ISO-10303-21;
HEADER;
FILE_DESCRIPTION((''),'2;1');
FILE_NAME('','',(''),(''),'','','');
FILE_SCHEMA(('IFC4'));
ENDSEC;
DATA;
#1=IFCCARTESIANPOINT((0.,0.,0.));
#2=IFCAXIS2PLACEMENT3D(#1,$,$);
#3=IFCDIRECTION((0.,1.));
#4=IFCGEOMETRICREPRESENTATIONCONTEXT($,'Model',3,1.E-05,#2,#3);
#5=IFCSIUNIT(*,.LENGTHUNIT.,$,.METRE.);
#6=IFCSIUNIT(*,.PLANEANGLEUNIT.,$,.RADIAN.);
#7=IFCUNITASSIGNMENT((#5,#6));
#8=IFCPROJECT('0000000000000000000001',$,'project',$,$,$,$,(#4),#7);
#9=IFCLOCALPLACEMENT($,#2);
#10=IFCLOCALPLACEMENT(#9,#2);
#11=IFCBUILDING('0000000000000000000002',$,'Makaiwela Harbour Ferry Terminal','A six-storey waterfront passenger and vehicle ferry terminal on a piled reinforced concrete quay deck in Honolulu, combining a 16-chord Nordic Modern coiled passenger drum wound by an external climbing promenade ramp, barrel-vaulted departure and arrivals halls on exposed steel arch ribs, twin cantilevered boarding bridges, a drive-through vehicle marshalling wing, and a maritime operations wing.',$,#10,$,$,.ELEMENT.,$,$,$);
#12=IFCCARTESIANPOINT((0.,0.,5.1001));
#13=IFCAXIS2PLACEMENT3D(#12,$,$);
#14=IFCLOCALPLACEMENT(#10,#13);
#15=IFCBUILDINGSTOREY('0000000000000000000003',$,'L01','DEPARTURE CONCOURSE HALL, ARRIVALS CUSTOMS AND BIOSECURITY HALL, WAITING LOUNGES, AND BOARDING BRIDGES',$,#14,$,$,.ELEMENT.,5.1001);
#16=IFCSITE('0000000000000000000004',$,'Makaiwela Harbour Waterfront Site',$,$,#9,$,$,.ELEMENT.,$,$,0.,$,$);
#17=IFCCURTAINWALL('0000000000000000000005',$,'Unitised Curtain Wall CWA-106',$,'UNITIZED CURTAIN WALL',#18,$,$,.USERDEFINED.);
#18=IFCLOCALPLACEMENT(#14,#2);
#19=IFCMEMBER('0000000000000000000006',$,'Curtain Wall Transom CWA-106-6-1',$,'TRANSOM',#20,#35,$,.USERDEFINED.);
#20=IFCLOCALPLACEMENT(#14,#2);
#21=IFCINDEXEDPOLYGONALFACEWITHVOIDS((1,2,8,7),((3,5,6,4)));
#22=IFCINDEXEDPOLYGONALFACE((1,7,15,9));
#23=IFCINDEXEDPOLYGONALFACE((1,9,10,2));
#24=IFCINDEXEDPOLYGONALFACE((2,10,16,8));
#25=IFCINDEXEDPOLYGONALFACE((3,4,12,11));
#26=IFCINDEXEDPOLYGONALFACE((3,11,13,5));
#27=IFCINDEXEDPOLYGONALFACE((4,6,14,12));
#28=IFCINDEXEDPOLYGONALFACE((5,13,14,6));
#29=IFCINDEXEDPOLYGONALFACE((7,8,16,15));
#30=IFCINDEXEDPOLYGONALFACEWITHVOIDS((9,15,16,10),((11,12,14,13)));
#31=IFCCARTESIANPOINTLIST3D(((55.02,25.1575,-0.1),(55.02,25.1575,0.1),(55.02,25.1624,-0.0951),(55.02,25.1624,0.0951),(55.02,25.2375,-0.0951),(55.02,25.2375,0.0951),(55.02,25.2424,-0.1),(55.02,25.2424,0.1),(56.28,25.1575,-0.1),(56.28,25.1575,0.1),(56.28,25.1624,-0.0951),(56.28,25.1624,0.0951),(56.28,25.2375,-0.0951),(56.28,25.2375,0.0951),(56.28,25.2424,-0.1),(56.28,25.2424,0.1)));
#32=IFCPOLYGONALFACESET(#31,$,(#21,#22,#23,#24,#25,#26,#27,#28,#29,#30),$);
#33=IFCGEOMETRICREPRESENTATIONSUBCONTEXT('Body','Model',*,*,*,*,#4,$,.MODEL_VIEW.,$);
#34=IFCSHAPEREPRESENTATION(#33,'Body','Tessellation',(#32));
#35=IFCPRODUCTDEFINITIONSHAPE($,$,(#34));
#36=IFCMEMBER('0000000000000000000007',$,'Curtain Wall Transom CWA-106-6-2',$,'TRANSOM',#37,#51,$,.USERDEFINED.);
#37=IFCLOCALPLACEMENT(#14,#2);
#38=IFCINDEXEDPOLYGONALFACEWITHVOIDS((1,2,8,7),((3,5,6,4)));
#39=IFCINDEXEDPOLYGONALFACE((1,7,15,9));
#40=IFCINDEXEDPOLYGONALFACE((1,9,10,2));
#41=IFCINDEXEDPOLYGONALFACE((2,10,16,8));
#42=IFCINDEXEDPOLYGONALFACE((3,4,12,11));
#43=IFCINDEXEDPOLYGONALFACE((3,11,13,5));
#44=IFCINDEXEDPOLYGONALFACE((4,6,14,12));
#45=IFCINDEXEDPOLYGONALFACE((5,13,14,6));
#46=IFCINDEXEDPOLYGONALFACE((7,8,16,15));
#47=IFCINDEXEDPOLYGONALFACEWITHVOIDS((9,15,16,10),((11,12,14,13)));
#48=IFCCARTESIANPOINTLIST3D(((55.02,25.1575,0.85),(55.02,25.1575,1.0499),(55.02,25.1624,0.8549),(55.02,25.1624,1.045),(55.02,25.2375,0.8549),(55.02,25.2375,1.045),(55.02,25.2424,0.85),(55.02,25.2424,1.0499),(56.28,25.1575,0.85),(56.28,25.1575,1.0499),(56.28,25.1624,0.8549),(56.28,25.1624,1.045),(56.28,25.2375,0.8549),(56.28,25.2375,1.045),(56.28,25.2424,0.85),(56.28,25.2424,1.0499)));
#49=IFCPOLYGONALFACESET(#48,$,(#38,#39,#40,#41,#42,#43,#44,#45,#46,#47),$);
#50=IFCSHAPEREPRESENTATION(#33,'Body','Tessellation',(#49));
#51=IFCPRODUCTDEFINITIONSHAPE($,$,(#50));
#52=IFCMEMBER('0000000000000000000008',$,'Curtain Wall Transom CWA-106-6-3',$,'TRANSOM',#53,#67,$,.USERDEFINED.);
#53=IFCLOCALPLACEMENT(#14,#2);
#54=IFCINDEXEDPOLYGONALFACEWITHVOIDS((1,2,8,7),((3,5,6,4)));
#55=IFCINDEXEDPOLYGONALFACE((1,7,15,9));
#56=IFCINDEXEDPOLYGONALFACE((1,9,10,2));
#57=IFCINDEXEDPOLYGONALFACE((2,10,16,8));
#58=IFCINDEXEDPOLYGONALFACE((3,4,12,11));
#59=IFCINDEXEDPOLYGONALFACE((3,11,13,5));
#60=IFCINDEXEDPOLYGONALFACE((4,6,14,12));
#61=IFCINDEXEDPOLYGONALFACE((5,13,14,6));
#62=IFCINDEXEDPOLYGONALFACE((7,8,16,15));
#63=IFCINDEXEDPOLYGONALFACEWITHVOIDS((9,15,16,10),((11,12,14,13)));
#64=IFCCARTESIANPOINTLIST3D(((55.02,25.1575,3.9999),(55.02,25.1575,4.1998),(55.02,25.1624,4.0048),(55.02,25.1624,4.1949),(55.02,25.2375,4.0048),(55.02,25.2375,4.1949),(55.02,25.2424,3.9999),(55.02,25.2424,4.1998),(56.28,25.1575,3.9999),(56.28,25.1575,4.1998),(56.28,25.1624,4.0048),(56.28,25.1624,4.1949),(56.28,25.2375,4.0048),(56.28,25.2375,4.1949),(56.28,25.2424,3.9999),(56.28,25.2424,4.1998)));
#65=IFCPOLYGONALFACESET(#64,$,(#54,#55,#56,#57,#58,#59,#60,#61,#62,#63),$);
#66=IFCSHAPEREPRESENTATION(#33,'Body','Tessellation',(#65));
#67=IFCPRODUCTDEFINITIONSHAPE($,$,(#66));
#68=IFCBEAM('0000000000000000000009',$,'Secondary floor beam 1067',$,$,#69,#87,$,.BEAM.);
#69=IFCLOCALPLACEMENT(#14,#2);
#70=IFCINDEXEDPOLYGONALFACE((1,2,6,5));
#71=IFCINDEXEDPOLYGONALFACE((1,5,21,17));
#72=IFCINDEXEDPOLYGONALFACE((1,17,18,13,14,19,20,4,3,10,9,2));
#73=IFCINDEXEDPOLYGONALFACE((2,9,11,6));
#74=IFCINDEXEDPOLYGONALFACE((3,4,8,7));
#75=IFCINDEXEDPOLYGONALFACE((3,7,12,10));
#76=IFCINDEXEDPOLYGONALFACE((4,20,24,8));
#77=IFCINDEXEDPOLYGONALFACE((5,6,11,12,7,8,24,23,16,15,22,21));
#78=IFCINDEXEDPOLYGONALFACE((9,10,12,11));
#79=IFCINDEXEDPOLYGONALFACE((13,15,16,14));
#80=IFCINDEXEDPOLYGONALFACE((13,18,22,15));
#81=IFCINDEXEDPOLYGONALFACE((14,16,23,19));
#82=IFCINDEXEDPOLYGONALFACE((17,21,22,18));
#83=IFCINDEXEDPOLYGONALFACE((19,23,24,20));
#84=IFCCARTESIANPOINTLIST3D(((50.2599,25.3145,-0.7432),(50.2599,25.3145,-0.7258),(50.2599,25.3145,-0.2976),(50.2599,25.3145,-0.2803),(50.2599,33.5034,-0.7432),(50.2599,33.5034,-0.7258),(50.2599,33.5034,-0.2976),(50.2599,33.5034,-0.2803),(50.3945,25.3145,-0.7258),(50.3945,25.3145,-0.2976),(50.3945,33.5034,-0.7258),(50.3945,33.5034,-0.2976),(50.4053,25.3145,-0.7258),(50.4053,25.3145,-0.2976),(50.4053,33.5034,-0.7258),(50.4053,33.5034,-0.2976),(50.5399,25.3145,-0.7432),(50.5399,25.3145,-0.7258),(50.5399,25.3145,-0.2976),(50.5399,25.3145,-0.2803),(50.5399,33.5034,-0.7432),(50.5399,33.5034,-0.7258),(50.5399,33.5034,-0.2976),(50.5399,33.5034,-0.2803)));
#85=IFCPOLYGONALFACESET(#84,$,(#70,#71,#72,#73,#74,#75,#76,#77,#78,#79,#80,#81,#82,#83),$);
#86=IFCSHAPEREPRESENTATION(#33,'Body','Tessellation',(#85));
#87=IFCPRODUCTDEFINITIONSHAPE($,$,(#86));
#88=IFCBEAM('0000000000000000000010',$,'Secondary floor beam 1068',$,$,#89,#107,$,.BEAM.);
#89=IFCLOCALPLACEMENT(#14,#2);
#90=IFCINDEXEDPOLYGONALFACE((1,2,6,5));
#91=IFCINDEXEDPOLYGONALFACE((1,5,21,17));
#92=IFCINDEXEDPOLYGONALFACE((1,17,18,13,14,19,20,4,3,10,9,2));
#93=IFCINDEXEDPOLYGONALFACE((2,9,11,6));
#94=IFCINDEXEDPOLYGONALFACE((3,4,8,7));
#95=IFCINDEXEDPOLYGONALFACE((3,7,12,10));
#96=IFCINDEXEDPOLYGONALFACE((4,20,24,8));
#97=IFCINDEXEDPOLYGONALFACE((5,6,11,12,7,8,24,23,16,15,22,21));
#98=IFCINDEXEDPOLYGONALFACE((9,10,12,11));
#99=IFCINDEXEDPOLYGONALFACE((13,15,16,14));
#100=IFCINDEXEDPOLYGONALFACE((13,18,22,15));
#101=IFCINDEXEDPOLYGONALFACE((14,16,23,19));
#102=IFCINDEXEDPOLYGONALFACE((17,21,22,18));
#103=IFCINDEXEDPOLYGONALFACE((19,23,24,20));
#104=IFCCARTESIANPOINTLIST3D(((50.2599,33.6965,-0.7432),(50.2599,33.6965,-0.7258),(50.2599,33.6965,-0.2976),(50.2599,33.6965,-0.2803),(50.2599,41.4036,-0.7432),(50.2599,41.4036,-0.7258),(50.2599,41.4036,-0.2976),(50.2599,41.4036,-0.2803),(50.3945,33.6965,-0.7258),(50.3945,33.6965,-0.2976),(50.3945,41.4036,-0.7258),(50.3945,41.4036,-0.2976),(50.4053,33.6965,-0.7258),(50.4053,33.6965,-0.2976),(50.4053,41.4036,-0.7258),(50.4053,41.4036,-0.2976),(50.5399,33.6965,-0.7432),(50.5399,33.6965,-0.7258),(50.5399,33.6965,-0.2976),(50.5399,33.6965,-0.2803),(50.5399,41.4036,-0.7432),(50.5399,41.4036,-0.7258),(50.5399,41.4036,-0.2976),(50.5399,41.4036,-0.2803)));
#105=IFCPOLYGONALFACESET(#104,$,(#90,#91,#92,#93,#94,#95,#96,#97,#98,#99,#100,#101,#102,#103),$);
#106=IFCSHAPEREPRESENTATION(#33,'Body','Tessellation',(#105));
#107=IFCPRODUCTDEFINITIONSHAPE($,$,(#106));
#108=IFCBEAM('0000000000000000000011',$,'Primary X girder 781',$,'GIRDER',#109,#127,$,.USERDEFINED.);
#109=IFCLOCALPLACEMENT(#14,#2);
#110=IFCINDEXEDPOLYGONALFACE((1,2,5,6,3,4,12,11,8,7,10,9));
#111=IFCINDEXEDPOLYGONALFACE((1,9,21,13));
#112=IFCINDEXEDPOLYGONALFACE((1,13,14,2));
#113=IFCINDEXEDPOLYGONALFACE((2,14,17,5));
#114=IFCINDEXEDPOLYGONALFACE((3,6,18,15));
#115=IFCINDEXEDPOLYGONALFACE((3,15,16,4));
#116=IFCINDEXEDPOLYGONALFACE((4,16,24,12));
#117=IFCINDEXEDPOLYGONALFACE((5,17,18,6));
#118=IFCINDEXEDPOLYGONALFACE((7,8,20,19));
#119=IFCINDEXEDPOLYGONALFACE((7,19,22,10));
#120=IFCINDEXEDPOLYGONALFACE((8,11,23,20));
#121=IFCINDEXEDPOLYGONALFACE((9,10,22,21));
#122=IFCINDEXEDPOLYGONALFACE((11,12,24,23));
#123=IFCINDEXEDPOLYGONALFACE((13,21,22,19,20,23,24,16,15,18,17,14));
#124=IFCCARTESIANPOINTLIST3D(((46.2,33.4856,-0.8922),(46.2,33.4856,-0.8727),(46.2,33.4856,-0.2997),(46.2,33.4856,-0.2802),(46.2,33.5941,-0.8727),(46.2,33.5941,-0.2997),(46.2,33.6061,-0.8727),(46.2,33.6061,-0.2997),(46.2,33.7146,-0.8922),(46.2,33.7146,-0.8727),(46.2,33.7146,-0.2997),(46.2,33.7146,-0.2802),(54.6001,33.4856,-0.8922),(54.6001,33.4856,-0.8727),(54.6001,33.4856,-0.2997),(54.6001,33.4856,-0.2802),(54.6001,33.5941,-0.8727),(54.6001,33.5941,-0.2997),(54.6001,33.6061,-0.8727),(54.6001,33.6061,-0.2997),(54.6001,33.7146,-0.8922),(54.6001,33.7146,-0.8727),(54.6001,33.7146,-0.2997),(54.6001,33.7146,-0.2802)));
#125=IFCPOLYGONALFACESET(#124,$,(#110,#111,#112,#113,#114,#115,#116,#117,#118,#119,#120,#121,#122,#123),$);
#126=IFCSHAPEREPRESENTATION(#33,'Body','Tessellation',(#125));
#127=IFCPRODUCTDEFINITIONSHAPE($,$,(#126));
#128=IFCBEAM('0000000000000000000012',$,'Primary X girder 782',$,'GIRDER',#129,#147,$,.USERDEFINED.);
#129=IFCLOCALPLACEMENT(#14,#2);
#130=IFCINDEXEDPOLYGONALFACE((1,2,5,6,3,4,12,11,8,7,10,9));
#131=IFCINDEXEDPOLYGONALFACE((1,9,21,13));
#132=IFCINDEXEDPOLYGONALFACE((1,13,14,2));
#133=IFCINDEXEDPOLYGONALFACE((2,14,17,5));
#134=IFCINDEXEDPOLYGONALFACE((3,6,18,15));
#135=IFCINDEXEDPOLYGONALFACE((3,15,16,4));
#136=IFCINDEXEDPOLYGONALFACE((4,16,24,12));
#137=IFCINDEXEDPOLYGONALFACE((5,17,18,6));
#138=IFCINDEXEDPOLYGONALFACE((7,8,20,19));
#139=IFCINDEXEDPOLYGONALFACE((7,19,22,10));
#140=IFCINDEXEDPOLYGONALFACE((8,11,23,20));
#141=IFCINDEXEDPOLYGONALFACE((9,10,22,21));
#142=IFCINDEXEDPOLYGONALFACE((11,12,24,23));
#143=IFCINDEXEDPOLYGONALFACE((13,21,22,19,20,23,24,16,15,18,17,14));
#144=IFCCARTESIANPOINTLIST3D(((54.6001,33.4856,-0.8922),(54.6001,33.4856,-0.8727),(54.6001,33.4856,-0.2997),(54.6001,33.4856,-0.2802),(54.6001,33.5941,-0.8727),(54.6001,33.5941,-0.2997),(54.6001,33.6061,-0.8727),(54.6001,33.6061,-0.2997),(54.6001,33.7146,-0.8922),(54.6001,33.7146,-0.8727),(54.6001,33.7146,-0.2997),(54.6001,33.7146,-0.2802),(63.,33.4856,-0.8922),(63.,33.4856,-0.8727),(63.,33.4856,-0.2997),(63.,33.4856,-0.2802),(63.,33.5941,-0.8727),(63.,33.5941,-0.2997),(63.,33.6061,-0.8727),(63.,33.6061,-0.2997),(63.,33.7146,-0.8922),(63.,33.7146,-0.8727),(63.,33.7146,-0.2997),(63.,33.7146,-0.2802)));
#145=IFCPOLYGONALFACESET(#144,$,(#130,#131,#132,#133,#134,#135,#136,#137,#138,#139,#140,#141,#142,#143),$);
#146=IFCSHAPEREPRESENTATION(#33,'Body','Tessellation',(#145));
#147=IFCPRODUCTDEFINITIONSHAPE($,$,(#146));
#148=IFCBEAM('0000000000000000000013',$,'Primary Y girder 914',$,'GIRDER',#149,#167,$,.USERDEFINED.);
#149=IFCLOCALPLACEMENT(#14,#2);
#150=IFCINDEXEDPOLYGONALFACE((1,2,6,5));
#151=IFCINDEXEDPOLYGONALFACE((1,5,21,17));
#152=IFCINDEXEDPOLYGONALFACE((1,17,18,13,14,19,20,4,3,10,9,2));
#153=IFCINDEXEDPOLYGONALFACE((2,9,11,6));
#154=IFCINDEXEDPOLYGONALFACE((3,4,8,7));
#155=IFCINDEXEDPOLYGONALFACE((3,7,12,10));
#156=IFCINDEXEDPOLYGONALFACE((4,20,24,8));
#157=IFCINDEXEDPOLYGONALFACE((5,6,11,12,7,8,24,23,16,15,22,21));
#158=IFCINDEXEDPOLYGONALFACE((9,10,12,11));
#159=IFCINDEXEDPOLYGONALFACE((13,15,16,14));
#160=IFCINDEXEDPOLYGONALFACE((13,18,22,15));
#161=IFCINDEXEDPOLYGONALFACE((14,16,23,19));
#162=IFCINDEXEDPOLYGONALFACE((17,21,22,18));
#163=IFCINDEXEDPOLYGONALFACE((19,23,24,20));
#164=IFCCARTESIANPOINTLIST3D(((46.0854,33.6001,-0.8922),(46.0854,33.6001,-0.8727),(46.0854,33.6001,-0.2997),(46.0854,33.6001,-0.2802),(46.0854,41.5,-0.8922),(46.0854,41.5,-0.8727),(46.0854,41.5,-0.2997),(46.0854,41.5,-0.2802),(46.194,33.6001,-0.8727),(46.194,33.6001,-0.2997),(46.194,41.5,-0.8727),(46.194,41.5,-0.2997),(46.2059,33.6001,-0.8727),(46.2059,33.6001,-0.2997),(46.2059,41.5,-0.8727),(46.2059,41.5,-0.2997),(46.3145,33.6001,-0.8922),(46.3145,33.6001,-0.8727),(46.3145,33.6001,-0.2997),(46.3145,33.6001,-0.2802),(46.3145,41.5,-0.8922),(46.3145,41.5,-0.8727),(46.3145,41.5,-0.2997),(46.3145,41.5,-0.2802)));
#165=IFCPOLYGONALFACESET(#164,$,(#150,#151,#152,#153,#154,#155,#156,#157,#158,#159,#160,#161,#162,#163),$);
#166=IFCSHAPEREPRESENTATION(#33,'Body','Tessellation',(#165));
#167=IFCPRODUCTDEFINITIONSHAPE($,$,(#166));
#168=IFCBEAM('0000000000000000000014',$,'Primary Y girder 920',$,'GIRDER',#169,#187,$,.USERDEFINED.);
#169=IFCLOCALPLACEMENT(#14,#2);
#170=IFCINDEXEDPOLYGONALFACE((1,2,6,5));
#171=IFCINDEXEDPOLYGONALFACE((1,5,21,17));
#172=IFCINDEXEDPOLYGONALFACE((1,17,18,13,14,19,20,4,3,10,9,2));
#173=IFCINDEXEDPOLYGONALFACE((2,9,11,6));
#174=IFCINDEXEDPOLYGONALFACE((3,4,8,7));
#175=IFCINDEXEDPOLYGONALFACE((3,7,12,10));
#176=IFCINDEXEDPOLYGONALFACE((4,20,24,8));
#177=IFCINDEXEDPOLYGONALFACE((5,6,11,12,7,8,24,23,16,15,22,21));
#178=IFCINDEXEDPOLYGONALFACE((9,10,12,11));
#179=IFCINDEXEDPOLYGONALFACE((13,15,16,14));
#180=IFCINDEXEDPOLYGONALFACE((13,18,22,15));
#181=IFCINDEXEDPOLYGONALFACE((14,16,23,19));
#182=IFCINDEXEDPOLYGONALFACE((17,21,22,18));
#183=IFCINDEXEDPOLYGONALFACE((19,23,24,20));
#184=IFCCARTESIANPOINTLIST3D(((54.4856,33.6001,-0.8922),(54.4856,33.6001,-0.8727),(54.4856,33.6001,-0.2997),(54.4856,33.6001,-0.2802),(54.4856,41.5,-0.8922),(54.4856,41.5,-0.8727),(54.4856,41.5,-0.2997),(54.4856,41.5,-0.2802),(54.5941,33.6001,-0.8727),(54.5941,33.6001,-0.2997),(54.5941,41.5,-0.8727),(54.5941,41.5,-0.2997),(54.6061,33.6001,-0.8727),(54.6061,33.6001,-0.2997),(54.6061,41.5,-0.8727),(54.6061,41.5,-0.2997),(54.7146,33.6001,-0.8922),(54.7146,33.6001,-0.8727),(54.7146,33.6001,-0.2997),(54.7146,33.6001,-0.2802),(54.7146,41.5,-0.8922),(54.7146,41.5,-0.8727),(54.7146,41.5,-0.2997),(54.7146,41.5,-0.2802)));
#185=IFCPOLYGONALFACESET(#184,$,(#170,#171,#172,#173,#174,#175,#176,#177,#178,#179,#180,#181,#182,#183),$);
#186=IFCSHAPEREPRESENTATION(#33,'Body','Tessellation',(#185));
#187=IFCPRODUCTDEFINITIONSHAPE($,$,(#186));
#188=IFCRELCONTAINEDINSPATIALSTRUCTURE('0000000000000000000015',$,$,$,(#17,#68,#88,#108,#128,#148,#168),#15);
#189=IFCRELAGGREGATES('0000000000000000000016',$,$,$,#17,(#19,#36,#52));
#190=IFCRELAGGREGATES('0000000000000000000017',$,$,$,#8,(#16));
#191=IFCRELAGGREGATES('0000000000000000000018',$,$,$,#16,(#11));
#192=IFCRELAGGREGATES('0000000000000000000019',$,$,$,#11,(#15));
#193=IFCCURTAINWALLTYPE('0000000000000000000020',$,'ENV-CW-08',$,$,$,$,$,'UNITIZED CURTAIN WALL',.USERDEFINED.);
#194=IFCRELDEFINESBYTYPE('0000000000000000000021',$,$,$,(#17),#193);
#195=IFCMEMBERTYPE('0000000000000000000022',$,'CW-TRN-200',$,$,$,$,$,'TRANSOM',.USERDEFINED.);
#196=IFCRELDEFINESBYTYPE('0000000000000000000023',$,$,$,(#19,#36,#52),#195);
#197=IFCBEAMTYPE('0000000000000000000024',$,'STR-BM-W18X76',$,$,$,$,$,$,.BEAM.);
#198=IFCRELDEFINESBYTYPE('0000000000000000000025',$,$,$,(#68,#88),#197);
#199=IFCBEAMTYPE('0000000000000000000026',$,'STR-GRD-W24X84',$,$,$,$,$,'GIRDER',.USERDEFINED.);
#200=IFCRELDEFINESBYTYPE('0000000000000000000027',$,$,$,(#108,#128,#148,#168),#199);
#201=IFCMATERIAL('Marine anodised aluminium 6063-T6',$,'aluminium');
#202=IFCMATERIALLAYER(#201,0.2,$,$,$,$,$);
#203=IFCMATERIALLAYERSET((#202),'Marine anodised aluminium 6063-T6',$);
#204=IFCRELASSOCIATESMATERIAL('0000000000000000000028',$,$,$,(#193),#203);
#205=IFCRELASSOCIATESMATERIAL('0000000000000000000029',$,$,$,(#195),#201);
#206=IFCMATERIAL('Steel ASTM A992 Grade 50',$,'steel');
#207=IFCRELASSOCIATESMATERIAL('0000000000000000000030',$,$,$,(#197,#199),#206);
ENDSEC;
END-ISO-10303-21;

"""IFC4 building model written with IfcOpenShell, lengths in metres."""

from ifc_helpers import new_model, si_unit, direction, frame, origin, origin_2d, place, context, subcontext, project, spatial, hollow_rectangle, i_section, extrude, material, layer, layer_set, material_profile, profile_set, type_object, element, aggregate, save


model = new_model("IFC4")

# Units and contexts
model_context = context("Model", 3, precision=1e-05, world=origin(), true_north=direction((0.0, 1.0)))
body_context = subcontext(model_context, "Body", "Model", "MODEL_VIEW")
ifc_project = project(units=[si_unit("LENGTHUNIT", "METRE"), si_unit("PLANEANGLEUNIT", "RADIAN")], contexts=[model_context])

# Site, building, storey
site_placement = place(None, origin())
site = spatial("IfcSite", under=ifc_project, at=site_placement, Name="Makaiwela Harbour Waterfront Site", CompositionType="ELEMENT", RefElevation=0.0)
building_placement = place(site_placement, origin())
building = spatial("IfcBuilding", under=site, at=building_placement, Name="Makaiwela Harbour Ferry Terminal", Description="A six-storey waterfront passenger and vehicle ferry terminal on a piled reinforced concrete quay deck in Honolulu, combining a 16-chord Nordic Modern coiled passenger drum wound by an external climbing promenade ramp, barrel-vaulted departure and arrivals halls on exposed steel arch ribs, twin cantilevered boarding bridges, a drive-through vehicle marshalling wing, and a maritime operations wing.", CompositionType="ELEMENT")
storey_placement = place(building_placement, frame((0.0, 0.0, 5.1001)))
storey = spatial("IfcBuildingStorey", under=building, at=storey_placement, Name="L01", Description="DEPARTURE CONCOURSE HALL, ARRIVALS CUSTOMS AND BIOSECURITY HALL, WAITING LOUNGES, AND BOARDING BRIDGES", CompositionType="ELEMENT", Elevation=5.1001)

# Shared definitions
ifc_material_1 = material(Name="Steel ASTM A992 Grade 50", Category="steel")

# Curtain wall, members
ifc_material_2 = material(Name="Marine anodised aluminium 6063-T6", Category="aluminium")
ifc_layer_1 = layer(ifc_material_2, 0.2)
ifc_layer_set_1 = layer_set([ifc_layer_1], Name="Marine anodised aluminium 6063-T6")
curtain_wall_type = type_object("IfcCurtainWallType", Name="ENV-CW-08", ElementType="UNITIZED CURTAIN WALL", PredefinedType="USERDEFINED", material=ifc_layer_set_1)
curtain_wall_placement = place(storey_placement, origin())
curtain_wall = element("IfcCurtainWall", 1, at=curtain_wall_placement, inside=storey, type_object=curtain_wall_type, Name="Unitised Curtain Wall CWA-106", ObjectType="UNITIZED CURTAIN WALL", PredefinedType="USERDEFINED")
ifc_material_profile_1 = material_profile(ifc_material_2, hollow_rectangle(XDim=0.085, YDim=0.2, WallThickness=0.0049, at=origin_2d()), Name="CWT-200X85")
ifc_profile_set_1 = profile_set([ifc_material_profile_1], Name="Marine anodised aluminium 6063-T6")
member_type_1 = type_object("IfcMemberType", Name="CW-TRN-200", ElementType="TRANSOM", PredefinedType="USERDEFINED", material=ifc_profile_set_1)
member_1_placement = place(storey_placement, frame((56.28, 25.2, 0.0), z_axis=(-1.0, 0.0, 0.0), x_axis=(0.0, -1.0, 0.0)))
member_1 = element("IfcMember", 2, at=member_1_placement, type_object=member_type_1, Name="Curtain Wall Transom CWA-106-6-1", ObjectType="TRANSOM", PredefinedType="USERDEFINED", context=body_context, shape_type="SweptSolid", body=[
    extrude(hollow_rectangle(XDim=0.085, YDim=0.2, WallThickness=0.0049, at=origin_2d()), origin(), (0.0, 0.0, 1.0), 1.26),
])
member_2_placement = place(storey_placement, frame((56.28, 25.2, 0.95), z_axis=(-1.0, 0.0, 0.0), x_axis=(0.0, -1.0, 0.0)))
member_2 = element("IfcMember", 3, at=member_2_placement, type_object=member_type_1, Name="Curtain Wall Transom CWA-106-6-2", ObjectType="TRANSOM", PredefinedType="USERDEFINED", context=body_context, shape_type="SweptSolid", body=[
    extrude(hollow_rectangle(XDim=0.085, YDim=0.2, WallThickness=0.0049, at=origin_2d()), origin(), (0.0, 0.0, 1.0), 1.26),
])
member_3_placement = place(storey_placement, frame((56.28, 25.2, 4.0999), z_axis=(-1.0, 0.0, 0.0), x_axis=(0.0, -1.0, 0.0)))
member_3 = element("IfcMember", 4, at=member_3_placement, type_object=member_type_1, Name="Curtain Wall Transom CWA-106-6-3", ObjectType="TRANSOM", PredefinedType="USERDEFINED", context=body_context, shape_type="SweptSolid", body=[
    extrude(hollow_rectangle(XDim=0.085, YDim=0.2, WallThickness=0.0049, at=origin_2d()), origin(), (0.0, 0.0, 1.0), 1.26),
])

# Beams
ifc_material_profile_2 = material_profile(ifc_material_1, i_section(OverallWidth=0.28, OverallDepth=0.4629, WebThickness=0.0107, FlangeThickness=0.0173, at=origin_2d()), Name="W18X76")
ifc_profile_set_2 = profile_set([ifc_material_profile_2], Name="Steel ASTM A992 Grade 50")
beam_type_1 = type_object("IfcBeamType", Name="STR-BM-W18X76", PredefinedType="BEAM", material=ifc_profile_set_2)
beam_1_placement = place(storey_placement, frame((50.3999, 25.3145, -0.5117), z_axis=(0.0, 1.0, 0.0), x_axis=(-1.0, 0.0, 0.0)))
element("IfcBeam", 5, at=beam_1_placement, inside=storey, type_object=beam_type_1, Name="Secondary floor beam 1067", PredefinedType="BEAM", context=body_context, shape_type="SweptSolid", body=[
    extrude(i_section(OverallWidth=0.28, OverallDepth=0.4629, WebThickness=0.0107, FlangeThickness=0.0173, at=origin_2d()), origin(), (0.0, 0.0, 1.0), 8.189),
])
beam_2_placement = place(storey_placement, frame((50.3999, 33.6965, -0.5117), z_axis=(0.0, 1.0, 0.0), x_axis=(-1.0, 0.0, 0.0)))
element("IfcBeam", 6, at=beam_2_placement, inside=storey, type_object=beam_type_1, Name="Secondary floor beam 1068", PredefinedType="BEAM", context=body_context, shape_type="SweptSolid", body=[
    extrude(i_section(OverallWidth=0.28, OverallDepth=0.4629, WebThickness=0.0107, FlangeThickness=0.0173, at=origin_2d()), origin(), (0.0, 0.0, 1.0), 7.707),
])
ifc_material_profile_3 = material_profile(ifc_material_1, i_section(OverallWidth=0.229, OverallDepth=0.6121, WebThickness=0.012, FlangeThickness=0.0195, at=origin_2d()), Name="W24X84")
ifc_profile_set_3 = profile_set([ifc_material_profile_3], Name="Steel ASTM A992 Grade 50")
beam_type_2 = type_object("IfcBeamType", Name="STR-GRD-W24X84", ElementType="GIRDER", PredefinedType="USERDEFINED", material=ifc_profile_set_3)
beam_3_placement = place(storey_placement, frame((46.2, 33.6001, -0.5862), z_axis=(1.0, 0.0, 0.0), x_axis=(0.0, 1.0, 0.0)))
element("IfcBeam", 7, at=beam_3_placement, inside=storey, type_object=beam_type_2, Name="Primary X girder 781", ObjectType="GIRDER", PredefinedType="USERDEFINED", context=body_context, shape_type="SweptSolid", body=[
    extrude(i_section(OverallWidth=0.229, OverallDepth=0.6121, WebThickness=0.012, FlangeThickness=0.0195, at=origin_2d()), origin(), (0.0, 0.0, 1.0), 8.4001),
])
beam_4_placement = place(storey_placement, frame((54.6001, 33.6001, -0.5862), z_axis=(1.0, 0.0, 0.0), x_axis=(0.0, 1.0, 0.0)))
element("IfcBeam", 8, at=beam_4_placement, inside=storey, type_object=beam_type_2, Name="Primary X girder 782", ObjectType="GIRDER", PredefinedType="USERDEFINED", context=body_context, shape_type="SweptSolid", body=[
    extrude(i_section(OverallWidth=0.229, OverallDepth=0.6121, WebThickness=0.012, FlangeThickness=0.0195, at=origin_2d()), origin(), (0.0, 0.0, 1.0), 8.3999),
])
for number, where, z_axis, x_axis, name in (
    (9, (46.2, 33.6001, -0.5862), (0.0, 1.0, 0.0), (-1.0, 0.0, 0.0), "Primary Y girder 914"),
    (10, (54.6001, 33.6001, -0.5862), (0.0, 1.0, 0.0), (-1.0, 0.0, 0.0), "Primary Y girder 920"),
):
    element("IfcBeam", number, at=place(storey_placement, frame(where, z_axis=z_axis, x_axis=x_axis)), inside=storey, type_object=beam_type_2, Name=name, ObjectType="GIRDER", PredefinedType="USERDEFINED", context=body_context, shape_type="SweptSolid", body=[
        extrude(i_section(OverallWidth=0.229, OverallDepth=0.6121, WebThickness=0.012, FlangeThickness=0.0195, at=origin_2d()), origin(), (0.0, 0.0, 1.0), 7.8999),
    ])

aggregate(curtain_wall, [member_1, member_2, member_3])

save(model, "model.ifc")
